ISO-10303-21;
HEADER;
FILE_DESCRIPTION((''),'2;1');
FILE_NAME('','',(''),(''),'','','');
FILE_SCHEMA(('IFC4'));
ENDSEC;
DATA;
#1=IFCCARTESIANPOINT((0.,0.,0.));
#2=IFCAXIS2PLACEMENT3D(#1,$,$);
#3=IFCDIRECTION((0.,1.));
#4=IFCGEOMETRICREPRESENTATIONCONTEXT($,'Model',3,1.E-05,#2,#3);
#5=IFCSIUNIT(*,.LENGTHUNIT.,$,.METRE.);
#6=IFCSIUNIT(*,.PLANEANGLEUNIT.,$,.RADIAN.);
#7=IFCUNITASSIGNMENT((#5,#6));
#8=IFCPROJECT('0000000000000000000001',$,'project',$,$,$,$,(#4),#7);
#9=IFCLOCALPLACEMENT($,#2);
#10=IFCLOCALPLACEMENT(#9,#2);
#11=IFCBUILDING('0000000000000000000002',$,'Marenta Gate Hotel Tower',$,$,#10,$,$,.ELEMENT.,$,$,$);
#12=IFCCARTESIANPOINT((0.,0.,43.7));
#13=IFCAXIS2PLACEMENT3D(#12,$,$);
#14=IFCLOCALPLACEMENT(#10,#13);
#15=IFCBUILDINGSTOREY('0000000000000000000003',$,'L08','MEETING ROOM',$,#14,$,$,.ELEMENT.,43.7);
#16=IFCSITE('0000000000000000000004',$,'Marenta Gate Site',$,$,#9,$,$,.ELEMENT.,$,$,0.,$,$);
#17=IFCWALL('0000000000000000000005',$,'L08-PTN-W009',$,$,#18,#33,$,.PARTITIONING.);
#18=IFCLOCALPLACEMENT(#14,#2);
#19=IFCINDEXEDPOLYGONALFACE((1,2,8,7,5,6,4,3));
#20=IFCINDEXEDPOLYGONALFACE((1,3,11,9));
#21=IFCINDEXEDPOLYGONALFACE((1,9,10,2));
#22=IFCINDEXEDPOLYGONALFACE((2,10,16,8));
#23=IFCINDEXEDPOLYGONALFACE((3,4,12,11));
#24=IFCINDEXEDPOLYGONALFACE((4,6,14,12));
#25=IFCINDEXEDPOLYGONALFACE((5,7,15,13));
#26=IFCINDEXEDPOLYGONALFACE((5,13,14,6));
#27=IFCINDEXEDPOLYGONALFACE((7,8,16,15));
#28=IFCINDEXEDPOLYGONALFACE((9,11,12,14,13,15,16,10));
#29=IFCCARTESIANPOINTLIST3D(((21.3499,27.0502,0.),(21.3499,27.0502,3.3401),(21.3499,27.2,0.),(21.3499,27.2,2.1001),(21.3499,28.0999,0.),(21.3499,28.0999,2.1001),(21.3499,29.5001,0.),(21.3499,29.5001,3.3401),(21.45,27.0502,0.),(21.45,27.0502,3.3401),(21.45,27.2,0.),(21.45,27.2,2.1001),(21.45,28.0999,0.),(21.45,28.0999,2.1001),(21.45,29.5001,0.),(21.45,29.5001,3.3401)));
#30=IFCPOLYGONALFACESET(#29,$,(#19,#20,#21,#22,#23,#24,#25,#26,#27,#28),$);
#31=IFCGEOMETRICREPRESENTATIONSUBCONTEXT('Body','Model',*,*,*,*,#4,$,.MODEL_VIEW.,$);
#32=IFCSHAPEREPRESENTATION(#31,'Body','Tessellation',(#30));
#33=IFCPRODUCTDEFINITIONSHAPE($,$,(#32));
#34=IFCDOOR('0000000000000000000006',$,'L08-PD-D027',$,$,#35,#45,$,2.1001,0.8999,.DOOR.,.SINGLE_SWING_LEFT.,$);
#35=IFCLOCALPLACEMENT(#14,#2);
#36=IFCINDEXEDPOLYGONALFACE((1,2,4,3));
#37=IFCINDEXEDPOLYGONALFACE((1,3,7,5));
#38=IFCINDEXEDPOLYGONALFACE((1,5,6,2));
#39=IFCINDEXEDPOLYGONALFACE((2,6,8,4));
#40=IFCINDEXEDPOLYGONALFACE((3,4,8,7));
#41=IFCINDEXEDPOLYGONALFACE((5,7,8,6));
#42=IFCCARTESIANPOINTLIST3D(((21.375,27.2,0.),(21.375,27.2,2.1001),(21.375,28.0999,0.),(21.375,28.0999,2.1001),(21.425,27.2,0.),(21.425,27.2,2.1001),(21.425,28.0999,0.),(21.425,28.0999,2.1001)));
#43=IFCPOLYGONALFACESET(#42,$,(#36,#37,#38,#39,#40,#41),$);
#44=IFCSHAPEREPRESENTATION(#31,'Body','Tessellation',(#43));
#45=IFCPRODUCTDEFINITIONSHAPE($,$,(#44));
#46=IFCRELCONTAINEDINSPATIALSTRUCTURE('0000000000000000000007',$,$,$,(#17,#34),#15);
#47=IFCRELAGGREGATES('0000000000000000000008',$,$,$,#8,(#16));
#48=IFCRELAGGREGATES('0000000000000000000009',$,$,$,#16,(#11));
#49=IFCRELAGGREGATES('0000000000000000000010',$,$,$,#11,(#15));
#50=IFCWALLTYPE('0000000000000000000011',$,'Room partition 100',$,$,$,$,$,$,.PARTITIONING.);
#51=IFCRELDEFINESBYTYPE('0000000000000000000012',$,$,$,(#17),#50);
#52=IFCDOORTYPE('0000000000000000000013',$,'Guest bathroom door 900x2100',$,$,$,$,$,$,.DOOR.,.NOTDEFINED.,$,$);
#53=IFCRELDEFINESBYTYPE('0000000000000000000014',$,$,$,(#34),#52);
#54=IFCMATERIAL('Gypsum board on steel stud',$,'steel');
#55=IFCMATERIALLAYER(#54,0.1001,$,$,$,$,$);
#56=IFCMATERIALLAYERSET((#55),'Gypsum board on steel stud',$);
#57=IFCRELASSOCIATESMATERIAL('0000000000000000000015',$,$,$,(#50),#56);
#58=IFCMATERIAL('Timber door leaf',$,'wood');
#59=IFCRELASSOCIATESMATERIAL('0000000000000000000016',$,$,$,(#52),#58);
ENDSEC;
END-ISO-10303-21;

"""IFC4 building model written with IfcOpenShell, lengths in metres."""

from ifc_helpers import new_model, si_unit, direction, frame, frame_2d, origin, place, context, subcontext, project, spatial, rectangle, extrude, material, layer, layer_set, type_object, element, fill, save


model = new_model("IFC4")

# Units and contexts
model_context = context("Model", 3, precision=1e-05, world=origin(), true_north=direction((0.0, 1.0)))
body_context = subcontext(model_context, "Body", "Model", "MODEL_VIEW")
ifc_project = project(units=[si_unit("LENGTHUNIT", "METRE"), si_unit("PLANEANGLEUNIT", "RADIAN")], contexts=[model_context])

# Site, building, storey
site_placement = place(None, origin())
site = spatial("IfcSite", under=ifc_project, at=site_placement, Name="Marenta Gate Site", CompositionType="ELEMENT", RefElevation=0.0)
building_placement = place(site_placement, origin())
building = spatial("IfcBuilding", under=site, at=building_placement, Name="Marenta Gate Hotel Tower", CompositionType="ELEMENT")
storey_placement = place(building_placement, frame((0.0, 0.0, 43.7)))
storey = spatial("IfcBuildingStorey", under=building, at=storey_placement, Name="L08", Description="MEETING ROOM", CompositionType="ELEMENT", Elevation=43.7)

# Wall, opening, door
ifc_material_1 = material(Name="Gypsum board on steel stud", Category="steel")
ifc_layer_1 = layer(ifc_material_1, 0.1001)
ifc_layer_set_1 = layer_set([ifc_layer_1], Name="Gypsum board on steel stud")
wall_type = type_object("IfcWallType", Name="Room partition 100", PredefinedType="PARTITIONING", material=ifc_layer_set_1)
wall_1_placement = place(storey_placement, frame((21.3999, 27.05, 0.0), z_axis=(0.0, 0.0, 1.0), x_axis=(0.0, 1.0, 0.0)))
wall_1 = element("IfcWall", 1, at=wall_1_placement, inside=storey, type_object=wall_type, Name="L08-PTN-W009", PredefinedType="PARTITIONING", context=body_context, shape_type="SweptSolid", body=[
    extrude(rectangle(XDim=2.45, YDim=0.1001, at=frame_2d((1.2251, 0.0))), origin(), (0.0, 0.0, 1.0), 3.3401),
])
opening_1_placement = place(wall_1_placement, frame((0.1499, 0.0, 0.0)))
opening_1 = element("IfcOpeningElement", 2, at=opening_1_placement, cuts=wall_1, PredefinedType="OPENING", context=body_context, shape_type="SweptSolid", body=[
    extrude(rectangle(XDim=0.8999, YDim=2.1001, at=frame_2d((0.45, 1.05))), frame((0.0, 0.05, 0.0), z_axis=(0.0, -1.0, 0.0), x_axis=(1.0, 0.0, 0.0)), (0.0, 0.0, 1.0), 0.1001),
])
ifc_material_2 = material(Name="Timber door leaf", Category="wood")
door_type_1 = type_object("IfcDoorType", Name="Guest bathroom door 900x2100", OperationType="NOTDEFINED", PredefinedType="DOOR", material=ifc_material_2)
door_1_placement = place(opening_1_placement, origin())
door_1 = element("IfcDoor", 3, at=door_1_placement, inside=storey, type_object=door_type_1, Name="L08-PD-D027", OperationType="SINGLE_SWING_LEFT", OverallHeight=2.1001, OverallWidth=0.8999, PredefinedType="DOOR", context=body_context, shape_type="SweptSolid", body=[
    extrude(rectangle(XDim=0.8999, YDim=2.1001, at=frame_2d((0.45, 1.05))), frame((0.0, 0.0249, 0.0), z_axis=(0.0, -1.0, 0.0), x_axis=(1.0, 0.0, 0.0)), (0.0, 0.0, 1.0), 0.05),
])
fill(opening_1, door_1)

save(model, "model.ifc")
